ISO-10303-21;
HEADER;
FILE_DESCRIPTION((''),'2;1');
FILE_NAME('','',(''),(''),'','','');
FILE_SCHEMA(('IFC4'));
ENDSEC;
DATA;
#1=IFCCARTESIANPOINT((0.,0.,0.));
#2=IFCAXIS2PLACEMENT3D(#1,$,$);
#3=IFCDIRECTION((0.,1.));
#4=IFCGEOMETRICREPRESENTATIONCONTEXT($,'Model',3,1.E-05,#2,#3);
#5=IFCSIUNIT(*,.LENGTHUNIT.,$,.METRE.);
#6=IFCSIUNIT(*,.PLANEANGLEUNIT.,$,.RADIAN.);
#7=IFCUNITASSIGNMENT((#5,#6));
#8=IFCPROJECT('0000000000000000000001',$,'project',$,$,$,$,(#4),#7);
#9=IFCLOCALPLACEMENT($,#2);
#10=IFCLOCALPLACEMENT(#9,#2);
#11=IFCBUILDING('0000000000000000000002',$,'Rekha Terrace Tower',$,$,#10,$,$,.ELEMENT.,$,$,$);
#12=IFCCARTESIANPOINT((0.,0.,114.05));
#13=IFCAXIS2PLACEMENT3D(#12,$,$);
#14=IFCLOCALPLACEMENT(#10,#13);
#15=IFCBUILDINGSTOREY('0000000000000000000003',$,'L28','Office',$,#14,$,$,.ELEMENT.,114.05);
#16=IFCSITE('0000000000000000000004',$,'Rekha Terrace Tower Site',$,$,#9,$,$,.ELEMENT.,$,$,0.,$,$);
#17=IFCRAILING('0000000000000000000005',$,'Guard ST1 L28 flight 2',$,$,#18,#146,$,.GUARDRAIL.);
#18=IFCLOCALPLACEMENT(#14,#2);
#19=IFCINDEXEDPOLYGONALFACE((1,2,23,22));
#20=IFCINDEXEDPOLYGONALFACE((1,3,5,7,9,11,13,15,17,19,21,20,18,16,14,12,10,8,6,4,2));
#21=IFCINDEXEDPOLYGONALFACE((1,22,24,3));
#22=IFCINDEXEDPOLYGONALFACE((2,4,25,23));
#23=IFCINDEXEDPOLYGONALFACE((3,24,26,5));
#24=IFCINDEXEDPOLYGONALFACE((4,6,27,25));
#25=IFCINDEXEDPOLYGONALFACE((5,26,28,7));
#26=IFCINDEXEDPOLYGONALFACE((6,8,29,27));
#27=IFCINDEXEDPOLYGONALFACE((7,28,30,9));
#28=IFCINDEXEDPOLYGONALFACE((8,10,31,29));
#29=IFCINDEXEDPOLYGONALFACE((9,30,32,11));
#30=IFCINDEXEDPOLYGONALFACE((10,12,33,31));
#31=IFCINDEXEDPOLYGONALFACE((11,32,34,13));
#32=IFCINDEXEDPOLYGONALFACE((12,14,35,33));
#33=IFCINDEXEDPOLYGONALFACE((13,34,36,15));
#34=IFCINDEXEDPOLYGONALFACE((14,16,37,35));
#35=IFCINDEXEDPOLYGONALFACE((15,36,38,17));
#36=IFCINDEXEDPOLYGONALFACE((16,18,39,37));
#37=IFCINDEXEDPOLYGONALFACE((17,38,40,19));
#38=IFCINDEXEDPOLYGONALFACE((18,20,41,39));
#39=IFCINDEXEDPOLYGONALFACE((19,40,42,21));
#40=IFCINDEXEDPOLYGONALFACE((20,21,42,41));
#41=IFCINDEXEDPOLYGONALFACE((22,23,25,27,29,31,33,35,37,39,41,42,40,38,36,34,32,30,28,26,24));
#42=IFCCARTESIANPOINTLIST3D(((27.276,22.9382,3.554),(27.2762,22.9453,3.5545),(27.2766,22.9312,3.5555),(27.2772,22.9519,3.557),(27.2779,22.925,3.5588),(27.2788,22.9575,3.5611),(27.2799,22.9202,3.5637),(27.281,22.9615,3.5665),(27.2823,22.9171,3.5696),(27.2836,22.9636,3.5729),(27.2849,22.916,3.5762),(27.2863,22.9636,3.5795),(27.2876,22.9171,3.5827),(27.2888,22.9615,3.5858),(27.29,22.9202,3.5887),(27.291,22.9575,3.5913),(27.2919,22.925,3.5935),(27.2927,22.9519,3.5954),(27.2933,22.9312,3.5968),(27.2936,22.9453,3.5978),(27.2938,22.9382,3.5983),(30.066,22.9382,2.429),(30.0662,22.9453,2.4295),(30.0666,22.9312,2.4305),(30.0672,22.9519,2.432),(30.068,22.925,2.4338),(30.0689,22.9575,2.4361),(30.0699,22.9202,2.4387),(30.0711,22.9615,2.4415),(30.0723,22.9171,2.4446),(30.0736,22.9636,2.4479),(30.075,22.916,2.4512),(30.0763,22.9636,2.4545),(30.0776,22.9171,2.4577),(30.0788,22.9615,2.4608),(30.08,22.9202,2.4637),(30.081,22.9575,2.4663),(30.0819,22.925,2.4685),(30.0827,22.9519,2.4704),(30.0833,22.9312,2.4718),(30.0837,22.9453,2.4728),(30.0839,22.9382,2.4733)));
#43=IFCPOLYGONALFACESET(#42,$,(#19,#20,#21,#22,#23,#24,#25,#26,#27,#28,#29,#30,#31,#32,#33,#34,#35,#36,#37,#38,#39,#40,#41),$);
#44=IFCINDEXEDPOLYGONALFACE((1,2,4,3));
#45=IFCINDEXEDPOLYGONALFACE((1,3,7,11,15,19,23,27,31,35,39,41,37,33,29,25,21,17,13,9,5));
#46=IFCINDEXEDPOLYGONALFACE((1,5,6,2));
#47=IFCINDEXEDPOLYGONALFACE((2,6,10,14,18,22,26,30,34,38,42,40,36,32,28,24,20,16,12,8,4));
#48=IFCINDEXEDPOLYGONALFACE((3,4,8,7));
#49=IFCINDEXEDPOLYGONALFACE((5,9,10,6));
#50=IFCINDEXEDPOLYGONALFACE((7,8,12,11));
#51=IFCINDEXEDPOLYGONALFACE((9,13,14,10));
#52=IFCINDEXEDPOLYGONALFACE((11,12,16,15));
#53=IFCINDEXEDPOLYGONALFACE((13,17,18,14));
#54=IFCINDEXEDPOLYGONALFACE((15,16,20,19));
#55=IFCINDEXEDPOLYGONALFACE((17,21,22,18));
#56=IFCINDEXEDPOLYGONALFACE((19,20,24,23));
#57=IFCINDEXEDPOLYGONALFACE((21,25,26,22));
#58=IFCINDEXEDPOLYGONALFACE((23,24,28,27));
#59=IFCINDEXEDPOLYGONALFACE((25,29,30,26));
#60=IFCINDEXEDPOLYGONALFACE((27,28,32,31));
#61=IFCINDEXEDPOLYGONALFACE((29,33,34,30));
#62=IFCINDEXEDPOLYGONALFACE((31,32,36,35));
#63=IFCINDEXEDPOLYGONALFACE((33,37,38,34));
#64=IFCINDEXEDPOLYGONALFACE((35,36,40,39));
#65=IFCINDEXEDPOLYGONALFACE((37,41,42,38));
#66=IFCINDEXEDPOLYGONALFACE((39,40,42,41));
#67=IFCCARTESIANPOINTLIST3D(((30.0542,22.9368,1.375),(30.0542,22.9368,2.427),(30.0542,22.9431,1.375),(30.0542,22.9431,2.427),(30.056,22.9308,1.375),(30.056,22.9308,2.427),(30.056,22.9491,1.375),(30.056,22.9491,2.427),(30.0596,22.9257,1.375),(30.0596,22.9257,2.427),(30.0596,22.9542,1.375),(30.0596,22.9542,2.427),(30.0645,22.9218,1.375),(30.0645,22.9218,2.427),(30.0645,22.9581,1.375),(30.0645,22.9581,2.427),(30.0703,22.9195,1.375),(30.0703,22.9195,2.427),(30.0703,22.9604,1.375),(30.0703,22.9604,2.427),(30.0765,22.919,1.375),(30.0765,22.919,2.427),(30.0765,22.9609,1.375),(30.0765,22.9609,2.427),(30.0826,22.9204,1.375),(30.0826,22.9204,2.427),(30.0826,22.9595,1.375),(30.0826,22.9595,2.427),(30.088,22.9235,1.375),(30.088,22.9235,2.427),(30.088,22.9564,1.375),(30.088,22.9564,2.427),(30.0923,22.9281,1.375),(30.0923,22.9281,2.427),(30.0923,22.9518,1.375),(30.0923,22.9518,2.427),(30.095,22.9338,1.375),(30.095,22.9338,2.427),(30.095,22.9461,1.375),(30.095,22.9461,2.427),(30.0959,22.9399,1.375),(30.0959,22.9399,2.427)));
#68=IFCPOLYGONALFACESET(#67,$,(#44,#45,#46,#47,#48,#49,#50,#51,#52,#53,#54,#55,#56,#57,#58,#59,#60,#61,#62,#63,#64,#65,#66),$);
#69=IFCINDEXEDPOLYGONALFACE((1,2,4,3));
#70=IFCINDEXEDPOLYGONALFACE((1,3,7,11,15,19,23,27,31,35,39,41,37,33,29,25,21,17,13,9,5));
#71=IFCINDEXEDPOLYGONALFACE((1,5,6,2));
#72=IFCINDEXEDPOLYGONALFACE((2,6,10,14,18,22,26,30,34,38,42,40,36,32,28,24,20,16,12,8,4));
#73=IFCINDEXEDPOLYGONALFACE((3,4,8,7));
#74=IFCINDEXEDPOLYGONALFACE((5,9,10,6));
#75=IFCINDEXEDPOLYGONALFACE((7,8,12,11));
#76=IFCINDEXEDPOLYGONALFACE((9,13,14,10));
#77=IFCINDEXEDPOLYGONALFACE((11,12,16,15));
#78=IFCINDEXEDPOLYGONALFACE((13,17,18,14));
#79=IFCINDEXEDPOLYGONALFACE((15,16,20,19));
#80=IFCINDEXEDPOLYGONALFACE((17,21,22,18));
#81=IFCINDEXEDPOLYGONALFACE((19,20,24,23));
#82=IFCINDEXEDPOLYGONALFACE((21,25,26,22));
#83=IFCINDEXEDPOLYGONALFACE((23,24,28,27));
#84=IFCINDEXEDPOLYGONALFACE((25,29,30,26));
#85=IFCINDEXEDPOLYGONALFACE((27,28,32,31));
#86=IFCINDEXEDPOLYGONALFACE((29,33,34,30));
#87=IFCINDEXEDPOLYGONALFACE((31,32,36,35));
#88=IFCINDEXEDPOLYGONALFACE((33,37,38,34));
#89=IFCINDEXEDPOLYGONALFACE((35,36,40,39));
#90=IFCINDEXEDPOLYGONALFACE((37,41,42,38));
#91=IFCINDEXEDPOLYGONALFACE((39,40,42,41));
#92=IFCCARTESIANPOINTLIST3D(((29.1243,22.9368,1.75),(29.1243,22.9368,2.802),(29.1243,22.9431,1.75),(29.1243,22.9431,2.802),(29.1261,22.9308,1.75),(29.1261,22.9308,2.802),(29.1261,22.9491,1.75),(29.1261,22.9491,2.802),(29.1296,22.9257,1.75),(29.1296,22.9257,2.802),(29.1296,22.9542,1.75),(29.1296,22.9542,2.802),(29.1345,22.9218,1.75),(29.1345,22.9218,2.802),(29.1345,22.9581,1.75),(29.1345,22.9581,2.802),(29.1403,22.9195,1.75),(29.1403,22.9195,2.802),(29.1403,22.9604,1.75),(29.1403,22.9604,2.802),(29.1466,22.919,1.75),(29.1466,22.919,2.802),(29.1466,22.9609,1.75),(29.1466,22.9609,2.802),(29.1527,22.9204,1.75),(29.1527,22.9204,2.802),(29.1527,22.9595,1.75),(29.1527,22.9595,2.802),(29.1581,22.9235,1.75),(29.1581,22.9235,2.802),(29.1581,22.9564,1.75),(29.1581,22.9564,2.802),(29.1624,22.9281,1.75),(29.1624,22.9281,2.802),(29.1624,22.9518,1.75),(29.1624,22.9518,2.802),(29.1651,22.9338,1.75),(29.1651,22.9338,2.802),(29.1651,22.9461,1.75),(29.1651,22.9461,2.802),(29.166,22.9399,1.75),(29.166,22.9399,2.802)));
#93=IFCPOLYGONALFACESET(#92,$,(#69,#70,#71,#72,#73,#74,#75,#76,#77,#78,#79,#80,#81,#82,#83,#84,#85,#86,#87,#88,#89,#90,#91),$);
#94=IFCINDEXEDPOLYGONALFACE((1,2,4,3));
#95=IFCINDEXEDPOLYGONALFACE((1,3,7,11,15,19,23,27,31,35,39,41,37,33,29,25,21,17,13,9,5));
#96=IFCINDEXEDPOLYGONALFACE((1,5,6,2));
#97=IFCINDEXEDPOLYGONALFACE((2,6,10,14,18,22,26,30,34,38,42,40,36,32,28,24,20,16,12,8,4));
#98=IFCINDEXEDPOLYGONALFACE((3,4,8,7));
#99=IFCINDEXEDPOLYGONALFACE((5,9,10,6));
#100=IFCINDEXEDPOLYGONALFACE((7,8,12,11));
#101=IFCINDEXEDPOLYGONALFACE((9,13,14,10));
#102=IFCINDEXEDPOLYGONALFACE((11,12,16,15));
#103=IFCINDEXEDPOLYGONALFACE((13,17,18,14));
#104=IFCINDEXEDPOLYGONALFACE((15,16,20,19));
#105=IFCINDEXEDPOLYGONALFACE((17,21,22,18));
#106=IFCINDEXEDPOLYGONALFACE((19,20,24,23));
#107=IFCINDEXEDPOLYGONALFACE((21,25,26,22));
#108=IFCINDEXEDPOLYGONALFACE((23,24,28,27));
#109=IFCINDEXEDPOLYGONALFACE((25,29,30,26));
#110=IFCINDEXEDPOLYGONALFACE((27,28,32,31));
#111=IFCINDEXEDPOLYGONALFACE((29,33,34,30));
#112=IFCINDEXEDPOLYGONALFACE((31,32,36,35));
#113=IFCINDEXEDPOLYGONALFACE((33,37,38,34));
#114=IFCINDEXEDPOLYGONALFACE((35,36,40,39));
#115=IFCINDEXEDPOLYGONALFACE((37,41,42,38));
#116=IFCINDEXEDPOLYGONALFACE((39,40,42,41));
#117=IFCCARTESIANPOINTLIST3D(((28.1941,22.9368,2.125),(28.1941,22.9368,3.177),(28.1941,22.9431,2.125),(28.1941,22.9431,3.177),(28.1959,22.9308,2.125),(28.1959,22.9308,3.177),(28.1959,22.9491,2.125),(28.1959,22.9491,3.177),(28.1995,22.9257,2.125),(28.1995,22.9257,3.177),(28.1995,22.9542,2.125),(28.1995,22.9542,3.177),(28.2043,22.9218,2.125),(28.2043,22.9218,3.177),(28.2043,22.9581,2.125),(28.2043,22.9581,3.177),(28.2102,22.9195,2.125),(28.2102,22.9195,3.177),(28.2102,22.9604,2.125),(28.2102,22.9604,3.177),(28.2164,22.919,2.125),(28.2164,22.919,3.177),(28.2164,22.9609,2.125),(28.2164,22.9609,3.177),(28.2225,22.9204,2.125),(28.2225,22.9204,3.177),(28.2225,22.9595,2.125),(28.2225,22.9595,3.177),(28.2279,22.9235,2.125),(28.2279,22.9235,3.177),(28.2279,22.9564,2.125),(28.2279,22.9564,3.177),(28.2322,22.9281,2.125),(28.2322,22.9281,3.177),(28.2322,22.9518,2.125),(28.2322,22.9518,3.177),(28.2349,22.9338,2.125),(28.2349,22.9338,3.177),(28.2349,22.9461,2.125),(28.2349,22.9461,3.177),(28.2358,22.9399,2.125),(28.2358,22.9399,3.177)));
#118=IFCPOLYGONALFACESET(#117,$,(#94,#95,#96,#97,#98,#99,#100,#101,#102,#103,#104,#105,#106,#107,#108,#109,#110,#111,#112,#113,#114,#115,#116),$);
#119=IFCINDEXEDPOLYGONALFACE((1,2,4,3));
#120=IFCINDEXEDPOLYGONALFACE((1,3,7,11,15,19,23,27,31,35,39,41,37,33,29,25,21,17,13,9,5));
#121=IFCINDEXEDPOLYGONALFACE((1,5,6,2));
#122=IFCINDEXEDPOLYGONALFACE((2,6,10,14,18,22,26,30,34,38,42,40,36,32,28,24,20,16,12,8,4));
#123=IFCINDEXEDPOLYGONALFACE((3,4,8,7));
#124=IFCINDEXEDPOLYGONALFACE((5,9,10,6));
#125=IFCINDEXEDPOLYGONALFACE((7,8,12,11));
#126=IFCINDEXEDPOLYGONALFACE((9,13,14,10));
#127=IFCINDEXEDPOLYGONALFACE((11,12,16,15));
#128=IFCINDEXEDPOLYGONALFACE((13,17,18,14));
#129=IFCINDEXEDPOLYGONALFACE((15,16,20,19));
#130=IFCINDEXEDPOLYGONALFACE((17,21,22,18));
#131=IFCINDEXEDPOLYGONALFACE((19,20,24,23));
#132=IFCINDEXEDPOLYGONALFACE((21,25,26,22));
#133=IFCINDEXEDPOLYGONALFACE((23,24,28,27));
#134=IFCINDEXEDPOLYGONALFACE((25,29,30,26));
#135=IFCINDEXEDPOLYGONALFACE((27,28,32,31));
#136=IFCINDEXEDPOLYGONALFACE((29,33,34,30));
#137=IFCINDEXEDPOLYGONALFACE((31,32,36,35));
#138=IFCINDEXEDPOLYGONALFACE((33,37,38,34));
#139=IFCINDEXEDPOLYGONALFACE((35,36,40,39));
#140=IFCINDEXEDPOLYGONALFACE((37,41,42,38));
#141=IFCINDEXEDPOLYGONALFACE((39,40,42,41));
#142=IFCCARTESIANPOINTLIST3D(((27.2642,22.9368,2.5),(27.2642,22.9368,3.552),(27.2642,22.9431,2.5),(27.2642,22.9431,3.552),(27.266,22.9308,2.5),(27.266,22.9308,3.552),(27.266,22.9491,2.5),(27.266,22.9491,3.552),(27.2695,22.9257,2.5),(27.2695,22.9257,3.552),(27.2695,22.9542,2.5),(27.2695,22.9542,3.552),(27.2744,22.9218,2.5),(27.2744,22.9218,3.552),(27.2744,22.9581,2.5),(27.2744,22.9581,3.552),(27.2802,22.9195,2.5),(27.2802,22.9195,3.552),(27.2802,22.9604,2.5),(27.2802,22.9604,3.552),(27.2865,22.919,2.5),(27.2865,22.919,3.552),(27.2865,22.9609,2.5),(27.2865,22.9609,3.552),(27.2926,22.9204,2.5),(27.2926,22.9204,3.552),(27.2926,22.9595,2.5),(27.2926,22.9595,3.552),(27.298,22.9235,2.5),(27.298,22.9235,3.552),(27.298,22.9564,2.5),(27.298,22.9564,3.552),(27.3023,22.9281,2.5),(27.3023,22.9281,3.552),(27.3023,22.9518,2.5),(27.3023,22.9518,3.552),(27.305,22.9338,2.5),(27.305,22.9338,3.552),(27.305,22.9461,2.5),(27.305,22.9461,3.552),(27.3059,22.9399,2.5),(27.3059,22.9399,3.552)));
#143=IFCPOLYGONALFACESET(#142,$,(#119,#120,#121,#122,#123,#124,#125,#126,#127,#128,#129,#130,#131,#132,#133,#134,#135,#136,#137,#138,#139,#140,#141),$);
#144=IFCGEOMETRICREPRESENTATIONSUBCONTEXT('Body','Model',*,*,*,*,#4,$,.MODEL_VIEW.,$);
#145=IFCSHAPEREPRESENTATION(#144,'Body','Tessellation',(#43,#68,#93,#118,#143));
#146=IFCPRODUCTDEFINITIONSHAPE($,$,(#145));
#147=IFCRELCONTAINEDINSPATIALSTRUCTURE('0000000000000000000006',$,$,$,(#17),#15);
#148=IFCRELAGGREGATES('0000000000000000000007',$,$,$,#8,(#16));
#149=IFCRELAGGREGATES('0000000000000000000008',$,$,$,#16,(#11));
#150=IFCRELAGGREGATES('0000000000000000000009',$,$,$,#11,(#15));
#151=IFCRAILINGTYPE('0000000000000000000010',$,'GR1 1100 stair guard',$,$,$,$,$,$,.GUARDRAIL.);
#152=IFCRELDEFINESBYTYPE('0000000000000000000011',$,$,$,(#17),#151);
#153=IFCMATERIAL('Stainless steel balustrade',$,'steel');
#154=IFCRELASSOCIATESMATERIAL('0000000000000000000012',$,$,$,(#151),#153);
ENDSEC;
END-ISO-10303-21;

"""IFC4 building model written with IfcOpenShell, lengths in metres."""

from ifc_helpers import new_model, si_unit, direction, frame, origin, origin_2d, place, context, subcontext, project, spatial, circle, extrude, material, type_object, element, save


model = new_model("IFC4")

# Units and contexts
model_context = context("Model", 3, precision=1e-05, world=origin(), true_north=direction((0.0, 1.0)))
body_context = subcontext(model_context, "Body", "Model", "MODEL_VIEW")
ifc_project = project(units=[si_unit("LENGTHUNIT", "METRE"), si_unit("PLANEANGLEUNIT", "RADIAN")], contexts=[model_context])

# Site, building, storey
site_placement = place(None, origin())
site = spatial("IfcSite", under=ifc_project, at=site_placement, Name="Rekha Terrace Tower Site", CompositionType="ELEMENT", RefElevation=0.0)
building_placement = place(site_placement, origin())
building = spatial("IfcBuilding", under=site, at=building_placement, Name="Rekha Terrace Tower", CompositionType="ELEMENT")
storey_placement = place(building_placement, frame((0.0, 0.0, 114.05)))
storey = spatial("IfcBuildingStorey", under=building, at=storey_placement, Name="L28", Description="Office", CompositionType="ELEMENT", Elevation=114.05)

# Railing
ifc_material_1 = material(Name="Stainless steel balustrade", Category="steel")
railing_type_1 = type_object("IfcRailingType", Name="GR1 1100 stair guard", PredefinedType="GUARDRAIL", material=ifc_material_1)
railing_1_placement = place(storey_placement, frame((30.075, 22.9399, 1.375)))
element("IfcRailing", 1, at=railing_1_placement, inside=storey, type_object=railing_type_1, Name="Guard ST1 L28 flight 2", PredefinedType="GUARDRAIL", context=body_context, shape_type="SweptSolid", body=[
    extrude(circle(Radius=0.0239, at=origin_2d()), frame((0.0, 0.0, 1.0762), z_axis=(-0.927443, 0.0, 0.373964), x_axis=(0.0, -1.0, 0.0)), (0.0, 0.0, 1.0), 3.0083),
    extrude(circle(Radius=0.021, at=origin_2d()), origin(), (0.0, 0.0, 1.0), 1.052),
    extrude(circle(Radius=0.021, at=origin_2d()), frame((-0.9299, 0.0, 0.375)), (0.0, 0.0, 1.0), 1.052),
    extrude(circle(Radius=0.021, at=origin_2d()), frame((-1.8601, 0.0, 0.75)), (0.0, 0.0, 1.0), 1.052),
    extrude(circle(Radius=0.021, at=origin_2d()), frame((-2.79, 0.0, 1.125)), (0.0, 0.0, 1.0), 1.052),
])

save(model, "model.ifc")
